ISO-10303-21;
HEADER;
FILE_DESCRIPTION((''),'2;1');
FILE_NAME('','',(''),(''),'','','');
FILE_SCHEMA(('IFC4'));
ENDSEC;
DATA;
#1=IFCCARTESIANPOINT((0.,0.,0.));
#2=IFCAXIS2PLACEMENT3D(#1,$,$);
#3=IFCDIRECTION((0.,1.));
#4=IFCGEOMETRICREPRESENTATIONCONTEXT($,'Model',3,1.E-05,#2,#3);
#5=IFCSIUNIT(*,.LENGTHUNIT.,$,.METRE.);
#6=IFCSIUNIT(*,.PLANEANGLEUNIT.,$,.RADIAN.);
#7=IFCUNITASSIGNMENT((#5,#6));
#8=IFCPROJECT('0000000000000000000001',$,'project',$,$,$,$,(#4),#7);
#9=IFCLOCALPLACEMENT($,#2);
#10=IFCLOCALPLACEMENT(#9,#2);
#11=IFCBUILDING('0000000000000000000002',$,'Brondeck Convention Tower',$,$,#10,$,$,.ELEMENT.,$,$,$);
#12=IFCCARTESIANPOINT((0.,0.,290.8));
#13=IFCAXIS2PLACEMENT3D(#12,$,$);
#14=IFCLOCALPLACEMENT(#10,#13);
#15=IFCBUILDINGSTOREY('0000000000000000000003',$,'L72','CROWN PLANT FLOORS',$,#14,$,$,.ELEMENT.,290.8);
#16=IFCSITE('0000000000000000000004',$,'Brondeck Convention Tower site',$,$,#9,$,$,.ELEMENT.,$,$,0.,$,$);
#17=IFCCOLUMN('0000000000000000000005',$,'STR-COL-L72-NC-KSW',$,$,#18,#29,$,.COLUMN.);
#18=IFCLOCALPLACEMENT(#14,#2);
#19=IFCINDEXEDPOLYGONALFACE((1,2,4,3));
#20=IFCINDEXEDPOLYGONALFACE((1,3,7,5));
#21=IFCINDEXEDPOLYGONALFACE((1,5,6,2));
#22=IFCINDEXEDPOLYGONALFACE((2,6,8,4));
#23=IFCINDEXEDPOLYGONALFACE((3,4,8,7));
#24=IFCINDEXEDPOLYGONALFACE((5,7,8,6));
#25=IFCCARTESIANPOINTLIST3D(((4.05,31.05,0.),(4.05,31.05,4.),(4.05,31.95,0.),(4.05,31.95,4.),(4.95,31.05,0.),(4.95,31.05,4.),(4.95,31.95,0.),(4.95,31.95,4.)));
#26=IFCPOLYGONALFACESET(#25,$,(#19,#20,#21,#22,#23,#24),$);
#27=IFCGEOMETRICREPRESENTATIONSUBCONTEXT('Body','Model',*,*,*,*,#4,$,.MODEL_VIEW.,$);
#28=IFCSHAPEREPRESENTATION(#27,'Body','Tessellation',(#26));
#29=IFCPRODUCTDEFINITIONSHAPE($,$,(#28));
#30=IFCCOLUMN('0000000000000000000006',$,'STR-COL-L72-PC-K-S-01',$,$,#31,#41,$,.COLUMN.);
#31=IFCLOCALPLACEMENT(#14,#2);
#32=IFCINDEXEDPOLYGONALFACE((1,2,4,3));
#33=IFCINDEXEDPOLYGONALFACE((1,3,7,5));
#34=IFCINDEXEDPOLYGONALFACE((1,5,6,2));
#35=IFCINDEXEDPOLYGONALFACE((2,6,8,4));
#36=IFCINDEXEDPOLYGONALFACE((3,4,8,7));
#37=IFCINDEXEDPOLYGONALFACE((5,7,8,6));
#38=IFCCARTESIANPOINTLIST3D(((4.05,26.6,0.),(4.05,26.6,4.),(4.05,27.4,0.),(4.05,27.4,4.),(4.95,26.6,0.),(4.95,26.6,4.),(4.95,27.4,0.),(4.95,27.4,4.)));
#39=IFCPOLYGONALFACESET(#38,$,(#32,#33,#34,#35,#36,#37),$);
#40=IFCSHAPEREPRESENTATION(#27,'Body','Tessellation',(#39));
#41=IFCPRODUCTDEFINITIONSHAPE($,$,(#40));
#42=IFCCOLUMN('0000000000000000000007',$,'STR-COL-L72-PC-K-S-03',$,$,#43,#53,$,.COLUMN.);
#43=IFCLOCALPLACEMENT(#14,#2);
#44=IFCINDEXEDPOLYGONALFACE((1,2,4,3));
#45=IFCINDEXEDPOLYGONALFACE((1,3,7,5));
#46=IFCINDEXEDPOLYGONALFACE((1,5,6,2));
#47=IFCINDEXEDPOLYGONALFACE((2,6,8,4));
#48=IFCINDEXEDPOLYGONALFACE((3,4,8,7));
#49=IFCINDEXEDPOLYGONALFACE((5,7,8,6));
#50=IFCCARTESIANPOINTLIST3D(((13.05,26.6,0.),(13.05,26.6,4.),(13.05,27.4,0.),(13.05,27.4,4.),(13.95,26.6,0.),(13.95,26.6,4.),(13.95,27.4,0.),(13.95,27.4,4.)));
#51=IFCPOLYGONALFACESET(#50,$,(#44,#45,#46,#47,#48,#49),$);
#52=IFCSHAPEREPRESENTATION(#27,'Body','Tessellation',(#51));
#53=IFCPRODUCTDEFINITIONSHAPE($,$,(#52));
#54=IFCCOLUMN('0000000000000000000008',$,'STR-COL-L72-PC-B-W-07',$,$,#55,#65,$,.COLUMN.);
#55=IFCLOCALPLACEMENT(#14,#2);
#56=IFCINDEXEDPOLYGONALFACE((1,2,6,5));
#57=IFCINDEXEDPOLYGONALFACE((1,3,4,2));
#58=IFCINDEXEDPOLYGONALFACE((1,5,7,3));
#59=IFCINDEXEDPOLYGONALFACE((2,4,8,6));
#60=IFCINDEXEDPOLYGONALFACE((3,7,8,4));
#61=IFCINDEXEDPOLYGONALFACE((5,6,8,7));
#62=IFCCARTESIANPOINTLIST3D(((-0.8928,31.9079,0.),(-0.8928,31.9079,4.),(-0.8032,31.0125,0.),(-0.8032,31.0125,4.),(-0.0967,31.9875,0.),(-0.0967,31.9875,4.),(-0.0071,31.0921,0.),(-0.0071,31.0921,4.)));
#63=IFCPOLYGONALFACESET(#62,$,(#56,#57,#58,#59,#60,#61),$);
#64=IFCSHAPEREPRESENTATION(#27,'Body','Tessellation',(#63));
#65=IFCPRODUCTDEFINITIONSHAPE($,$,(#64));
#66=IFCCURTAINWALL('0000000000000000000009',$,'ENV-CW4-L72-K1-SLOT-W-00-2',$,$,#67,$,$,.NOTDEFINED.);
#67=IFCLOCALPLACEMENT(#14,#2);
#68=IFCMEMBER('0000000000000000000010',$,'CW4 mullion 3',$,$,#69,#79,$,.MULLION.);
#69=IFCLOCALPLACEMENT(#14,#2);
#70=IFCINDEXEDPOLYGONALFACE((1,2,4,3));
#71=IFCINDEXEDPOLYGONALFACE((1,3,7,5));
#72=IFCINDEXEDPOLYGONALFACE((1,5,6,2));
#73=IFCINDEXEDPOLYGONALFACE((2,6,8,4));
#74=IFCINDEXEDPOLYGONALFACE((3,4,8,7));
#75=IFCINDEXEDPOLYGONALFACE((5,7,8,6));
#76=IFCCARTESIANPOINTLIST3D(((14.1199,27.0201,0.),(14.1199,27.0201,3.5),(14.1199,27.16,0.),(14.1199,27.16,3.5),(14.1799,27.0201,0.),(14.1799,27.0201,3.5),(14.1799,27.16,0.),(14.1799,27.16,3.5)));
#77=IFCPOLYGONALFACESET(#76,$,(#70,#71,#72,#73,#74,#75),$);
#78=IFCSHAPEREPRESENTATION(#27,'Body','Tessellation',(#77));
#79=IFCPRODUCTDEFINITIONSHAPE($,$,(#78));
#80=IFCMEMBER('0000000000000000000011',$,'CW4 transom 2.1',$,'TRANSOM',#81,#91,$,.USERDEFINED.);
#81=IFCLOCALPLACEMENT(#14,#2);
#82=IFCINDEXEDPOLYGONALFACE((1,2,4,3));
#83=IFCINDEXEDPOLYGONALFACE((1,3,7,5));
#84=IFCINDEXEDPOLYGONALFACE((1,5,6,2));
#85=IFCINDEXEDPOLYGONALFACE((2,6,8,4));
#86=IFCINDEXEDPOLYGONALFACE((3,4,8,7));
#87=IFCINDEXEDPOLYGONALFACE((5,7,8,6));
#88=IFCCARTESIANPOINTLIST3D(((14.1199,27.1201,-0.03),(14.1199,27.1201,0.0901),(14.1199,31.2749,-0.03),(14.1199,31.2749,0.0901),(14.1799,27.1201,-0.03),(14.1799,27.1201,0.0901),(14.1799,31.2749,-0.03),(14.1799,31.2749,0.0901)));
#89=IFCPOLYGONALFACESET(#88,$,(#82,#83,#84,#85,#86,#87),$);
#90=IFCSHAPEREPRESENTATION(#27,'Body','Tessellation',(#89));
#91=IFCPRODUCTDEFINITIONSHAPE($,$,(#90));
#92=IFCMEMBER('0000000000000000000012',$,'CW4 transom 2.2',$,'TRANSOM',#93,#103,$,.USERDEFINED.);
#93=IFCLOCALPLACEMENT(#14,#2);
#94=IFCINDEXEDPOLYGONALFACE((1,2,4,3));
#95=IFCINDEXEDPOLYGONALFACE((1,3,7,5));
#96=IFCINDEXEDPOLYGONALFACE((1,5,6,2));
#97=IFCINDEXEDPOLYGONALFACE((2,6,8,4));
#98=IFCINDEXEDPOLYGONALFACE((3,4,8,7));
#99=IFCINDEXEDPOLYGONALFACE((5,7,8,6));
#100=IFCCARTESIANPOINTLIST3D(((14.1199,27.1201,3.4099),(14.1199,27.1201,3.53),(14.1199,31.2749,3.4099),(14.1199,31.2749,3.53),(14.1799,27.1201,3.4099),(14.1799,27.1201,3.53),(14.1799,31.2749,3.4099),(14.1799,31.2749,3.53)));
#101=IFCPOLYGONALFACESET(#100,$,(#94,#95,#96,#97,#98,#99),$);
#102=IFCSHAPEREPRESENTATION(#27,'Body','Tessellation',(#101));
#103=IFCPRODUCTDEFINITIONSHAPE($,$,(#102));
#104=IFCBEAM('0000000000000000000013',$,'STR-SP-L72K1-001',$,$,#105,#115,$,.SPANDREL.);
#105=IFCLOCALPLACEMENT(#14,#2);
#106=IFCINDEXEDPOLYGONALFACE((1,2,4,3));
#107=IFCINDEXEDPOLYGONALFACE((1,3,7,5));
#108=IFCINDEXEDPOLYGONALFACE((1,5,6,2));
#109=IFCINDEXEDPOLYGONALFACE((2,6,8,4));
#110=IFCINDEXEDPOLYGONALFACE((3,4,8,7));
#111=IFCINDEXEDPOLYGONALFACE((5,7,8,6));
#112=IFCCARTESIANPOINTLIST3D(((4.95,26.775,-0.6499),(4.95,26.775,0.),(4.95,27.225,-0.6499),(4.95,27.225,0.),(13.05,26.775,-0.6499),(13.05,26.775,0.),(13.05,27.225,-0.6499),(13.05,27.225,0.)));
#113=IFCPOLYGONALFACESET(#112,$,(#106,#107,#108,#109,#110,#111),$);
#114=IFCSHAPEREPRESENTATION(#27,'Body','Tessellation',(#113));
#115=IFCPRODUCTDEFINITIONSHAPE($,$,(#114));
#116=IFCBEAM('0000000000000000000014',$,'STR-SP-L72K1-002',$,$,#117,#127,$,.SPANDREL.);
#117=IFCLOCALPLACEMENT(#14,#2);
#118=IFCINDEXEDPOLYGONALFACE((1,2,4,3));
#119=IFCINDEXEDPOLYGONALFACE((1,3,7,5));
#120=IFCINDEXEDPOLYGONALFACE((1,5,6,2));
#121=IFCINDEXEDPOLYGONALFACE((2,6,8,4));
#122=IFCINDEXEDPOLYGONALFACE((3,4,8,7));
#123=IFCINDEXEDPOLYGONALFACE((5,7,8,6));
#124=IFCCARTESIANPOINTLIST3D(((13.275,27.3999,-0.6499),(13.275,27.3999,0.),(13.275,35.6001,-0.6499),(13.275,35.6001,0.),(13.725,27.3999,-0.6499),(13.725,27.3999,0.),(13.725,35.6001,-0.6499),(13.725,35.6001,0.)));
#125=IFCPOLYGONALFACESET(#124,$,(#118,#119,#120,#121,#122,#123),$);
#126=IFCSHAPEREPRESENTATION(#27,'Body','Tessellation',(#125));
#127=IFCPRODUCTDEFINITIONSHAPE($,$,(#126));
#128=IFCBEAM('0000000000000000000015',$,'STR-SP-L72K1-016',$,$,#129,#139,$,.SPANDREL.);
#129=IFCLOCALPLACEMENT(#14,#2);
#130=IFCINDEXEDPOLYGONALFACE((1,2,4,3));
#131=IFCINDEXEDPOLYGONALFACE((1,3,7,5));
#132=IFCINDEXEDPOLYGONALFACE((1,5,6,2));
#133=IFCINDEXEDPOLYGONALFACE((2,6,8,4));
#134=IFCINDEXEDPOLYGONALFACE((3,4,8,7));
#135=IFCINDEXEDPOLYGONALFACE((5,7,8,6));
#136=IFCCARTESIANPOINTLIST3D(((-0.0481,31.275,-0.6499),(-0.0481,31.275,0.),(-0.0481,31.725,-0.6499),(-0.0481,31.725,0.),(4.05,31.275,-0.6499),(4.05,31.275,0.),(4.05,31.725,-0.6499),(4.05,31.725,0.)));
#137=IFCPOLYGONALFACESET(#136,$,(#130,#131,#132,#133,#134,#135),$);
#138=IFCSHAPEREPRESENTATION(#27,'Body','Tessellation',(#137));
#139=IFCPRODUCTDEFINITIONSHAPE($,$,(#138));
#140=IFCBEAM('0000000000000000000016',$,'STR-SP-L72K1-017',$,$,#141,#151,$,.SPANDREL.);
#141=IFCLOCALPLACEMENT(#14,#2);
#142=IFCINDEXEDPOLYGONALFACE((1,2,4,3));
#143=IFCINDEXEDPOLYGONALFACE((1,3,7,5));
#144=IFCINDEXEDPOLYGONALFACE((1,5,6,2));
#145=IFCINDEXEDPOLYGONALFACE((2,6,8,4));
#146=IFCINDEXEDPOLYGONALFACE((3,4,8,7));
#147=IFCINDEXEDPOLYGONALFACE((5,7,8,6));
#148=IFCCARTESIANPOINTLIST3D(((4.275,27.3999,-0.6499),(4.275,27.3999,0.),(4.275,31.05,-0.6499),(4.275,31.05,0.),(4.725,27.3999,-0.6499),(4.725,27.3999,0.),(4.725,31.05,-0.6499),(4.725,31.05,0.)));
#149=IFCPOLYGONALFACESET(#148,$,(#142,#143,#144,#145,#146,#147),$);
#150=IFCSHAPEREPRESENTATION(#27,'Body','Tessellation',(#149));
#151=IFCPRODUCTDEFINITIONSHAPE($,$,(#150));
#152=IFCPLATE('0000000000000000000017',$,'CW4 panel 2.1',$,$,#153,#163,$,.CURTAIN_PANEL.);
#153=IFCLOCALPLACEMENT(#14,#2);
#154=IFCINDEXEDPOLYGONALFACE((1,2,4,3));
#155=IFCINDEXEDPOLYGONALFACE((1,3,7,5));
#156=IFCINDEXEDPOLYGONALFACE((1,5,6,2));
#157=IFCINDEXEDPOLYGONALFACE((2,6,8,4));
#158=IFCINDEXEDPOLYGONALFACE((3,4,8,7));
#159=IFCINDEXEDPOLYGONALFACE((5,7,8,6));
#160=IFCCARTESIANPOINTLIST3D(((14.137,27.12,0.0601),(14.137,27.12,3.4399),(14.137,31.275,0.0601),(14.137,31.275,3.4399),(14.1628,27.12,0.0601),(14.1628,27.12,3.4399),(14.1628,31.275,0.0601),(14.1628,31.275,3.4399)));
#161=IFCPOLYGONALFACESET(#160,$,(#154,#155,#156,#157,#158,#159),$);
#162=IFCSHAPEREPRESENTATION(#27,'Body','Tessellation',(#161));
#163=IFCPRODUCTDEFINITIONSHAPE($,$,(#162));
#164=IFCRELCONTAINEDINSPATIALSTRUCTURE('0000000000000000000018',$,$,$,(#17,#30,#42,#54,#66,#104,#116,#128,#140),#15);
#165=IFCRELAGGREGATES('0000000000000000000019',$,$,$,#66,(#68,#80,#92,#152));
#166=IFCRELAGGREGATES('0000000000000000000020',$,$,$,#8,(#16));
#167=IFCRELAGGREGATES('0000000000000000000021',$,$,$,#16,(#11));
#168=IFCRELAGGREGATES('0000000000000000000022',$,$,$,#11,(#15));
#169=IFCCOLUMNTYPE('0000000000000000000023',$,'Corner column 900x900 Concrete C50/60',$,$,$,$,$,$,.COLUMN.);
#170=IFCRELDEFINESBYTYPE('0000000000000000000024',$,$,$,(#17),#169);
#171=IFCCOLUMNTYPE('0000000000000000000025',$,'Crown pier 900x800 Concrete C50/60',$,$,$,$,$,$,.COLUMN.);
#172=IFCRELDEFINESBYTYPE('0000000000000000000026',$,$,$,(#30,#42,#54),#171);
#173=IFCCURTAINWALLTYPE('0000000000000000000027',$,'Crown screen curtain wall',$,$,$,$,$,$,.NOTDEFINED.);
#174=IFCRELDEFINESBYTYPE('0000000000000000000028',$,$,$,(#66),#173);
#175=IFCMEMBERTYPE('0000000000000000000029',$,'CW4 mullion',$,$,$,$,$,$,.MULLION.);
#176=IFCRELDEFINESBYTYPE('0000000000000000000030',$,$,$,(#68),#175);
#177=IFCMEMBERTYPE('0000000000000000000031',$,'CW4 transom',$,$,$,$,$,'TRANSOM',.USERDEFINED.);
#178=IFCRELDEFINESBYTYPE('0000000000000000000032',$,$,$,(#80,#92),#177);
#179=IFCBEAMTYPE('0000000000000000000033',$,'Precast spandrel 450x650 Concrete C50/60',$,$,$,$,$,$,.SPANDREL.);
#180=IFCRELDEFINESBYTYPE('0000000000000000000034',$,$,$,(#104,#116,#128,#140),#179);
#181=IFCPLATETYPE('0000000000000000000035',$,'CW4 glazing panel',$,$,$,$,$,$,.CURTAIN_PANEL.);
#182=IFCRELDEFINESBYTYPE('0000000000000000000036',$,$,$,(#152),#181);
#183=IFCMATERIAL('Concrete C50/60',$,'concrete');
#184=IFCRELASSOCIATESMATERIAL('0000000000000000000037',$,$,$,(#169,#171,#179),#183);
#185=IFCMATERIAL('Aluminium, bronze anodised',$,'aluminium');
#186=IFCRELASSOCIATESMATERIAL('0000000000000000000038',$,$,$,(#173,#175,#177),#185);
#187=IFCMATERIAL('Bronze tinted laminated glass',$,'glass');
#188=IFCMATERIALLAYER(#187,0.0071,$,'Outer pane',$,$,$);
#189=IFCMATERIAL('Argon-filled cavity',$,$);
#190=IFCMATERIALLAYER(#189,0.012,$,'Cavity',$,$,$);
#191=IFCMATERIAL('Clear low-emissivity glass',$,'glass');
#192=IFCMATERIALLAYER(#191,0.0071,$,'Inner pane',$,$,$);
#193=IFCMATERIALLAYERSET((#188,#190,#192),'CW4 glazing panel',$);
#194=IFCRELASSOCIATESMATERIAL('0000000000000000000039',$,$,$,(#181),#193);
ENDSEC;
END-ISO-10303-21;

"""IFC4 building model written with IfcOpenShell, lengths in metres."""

from ifc_helpers import new_model, si_unit, direction, frame, origin, origin_2d, place, context, subcontext, project, spatial, rectangle, extrude, material, layer, layer_set, material_profile, profile_set, type_object, element, aggregate, save


model = new_model("IFC4")

# Units and contexts
model_context = context("Model", 3, precision=1e-05, world=origin(), true_north=direction((0.0, 1.0)))
body_context = subcontext(model_context, "Body", "Model", "MODEL_VIEW")
ifc_project = project(units=[si_unit("LENGTHUNIT", "METRE"), si_unit("PLANEANGLEUNIT", "RADIAN")], contexts=[model_context])

# Site, building, storey
site_placement = place(None, origin())
site = spatial("IfcSite", under=ifc_project, at=site_placement, Name="Brondeck Convention Tower site", CompositionType="ELEMENT", RefElevation=0.0)
building_placement = place(site_placement, origin())
building = spatial("IfcBuilding", under=site, at=building_placement, Name="Brondeck Convention Tower", CompositionType="ELEMENT")
storey_placement = place(building_placement, frame((0.0, 0.0, 290.8)))
storey = spatial("IfcBuildingStorey", under=building, at=storey_placement, Name="L72", Description="CROWN PLANT FLOORS", CompositionType="ELEMENT", Elevation=290.8)

# Columns
ifc_material_1 = material(Name="Concrete C50/60", Category="concrete")
ifc_material_profile_1 = material_profile(ifc_material_1, rectangle(XDim=0.8999, YDim=0.8999, at=origin_2d()), Name="Corner column 900x900 Concrete C50/60")
ifc_profile_set_1 = profile_set([ifc_material_profile_1], Name="Concrete C50/60")
column_type_1 = type_object("IfcColumnType", Name="Corner column 900x900 Concrete C50/60", PredefinedType="COLUMN", material=ifc_profile_set_1)
column_placement = place(storey_placement, frame((4.5, 31.5, 0.0), z_axis=(0.0, 0.0, 1.0), x_axis=(1.0, 0.0, 0.0)))
element("IfcColumn", 1, at=column_placement, inside=storey, type_object=column_type_1, Name="STR-COL-L72-NC-KSW", PredefinedType="COLUMN", context=body_context, shape_type="SweptSolid", body=[
    extrude(rectangle(XDim=0.8999, YDim=0.8999, at=origin_2d()), origin(), (0.0, 0.0, 1.0), 4.0),
])
ifc_material_profile_2 = material_profile(ifc_material_1, rectangle(XDim=0.8999, YDim=0.8, at=origin_2d()), Name="Crown pier 900x800 Concrete C50/60")
ifc_profile_set_2 = profile_set([ifc_material_profile_2], Name="Concrete C50/60")
column_type_2 = type_object("IfcColumnType", Name="Crown pier 900x800 Concrete C50/60", PredefinedType="COLUMN", material=ifc_profile_set_2)
for number, where, z_axis, x_axis, name in (
    (2, (4.5, 27.0, 0.0), (0.0, 0.0, 1.0), (1.0, 0.0, 0.0), "STR-COL-L72-PC-K-S-01"),
    (3, (13.5, 27.0, 0.0), (0.0, 0.0, 1.0), (1.0, 0.0, 0.0), "STR-COL-L72-PC-K-S-03"),
    (4, (-0.45, 31.5, 0.0), (0.0, 0.0, 1.0), (0.099504, -0.995037, 0.0), "STR-COL-L72-PC-B-W-07"),
):
    element("IfcColumn", number, at=place(storey_placement, frame(where, z_axis=z_axis, x_axis=x_axis)), inside=storey, type_object=column_type_2, Name=name, PredefinedType="COLUMN", context=body_context, shape_type="SweptSolid", body=[
        extrude(rectangle(XDim=0.8999, YDim=0.8, at=origin_2d()), origin(), (0.0, 0.0, 1.0), 4.0),
    ])

# Curtain wall, members
ifc_material_2 = material(Name="Aluminium, bronze anodised", Category="aluminium")
curtain_wall_type = type_object("IfcCurtainWallType", Name="Crown screen curtain wall", PredefinedType="NOTDEFINED", material=ifc_material_2)
curtain_wall_placement = place(storey_placement, origin())
curtain_wall = element("IfcCurtainWall", 5, at=curtain_wall_placement, inside=storey, type_object=curtain_wall_type, Name="ENV-CW4-L72-K1-SLOT-W-00-2", PredefinedType="NOTDEFINED")
ifc_material_profile_3 = material_profile(ifc_material_2, rectangle(XDim=0.0601, YDim=0.1399, at=origin_2d()), Name="CW4 mullion")
ifc_profile_set_3 = profile_set([ifc_material_profile_3], Name="Aluminium, bronze anodised")
member_type_1 = type_object("IfcMemberType", Name="CW4 mullion", PredefinedType="MULLION", material=ifc_profile_set_3)
member_1_placement = place(storey_placement, frame((14.1499, 27.0901, 0.0), z_axis=(0.0, 0.0, 1.0), x_axis=(1.0, 0.0, 0.0)))
member_1 = element("IfcMember", 6, at=member_1_placement, type_object=member_type_1, Name="CW4 mullion 3", PredefinedType="MULLION", context=body_context, shape_type="SweptSolid", body=[
    extrude(rectangle(XDim=0.0601, YDim=0.1399, at=origin_2d()), origin(), (0.0, 0.0, 1.0), 3.5),
])
ifc_material_profile_4 = material_profile(ifc_material_2, rectangle(XDim=0.0601, YDim=0.1201, at=origin_2d()), Name="CW4 transom")
ifc_profile_set_4 = profile_set([ifc_material_profile_4], Name="Aluminium, bronze anodised")
member_type_2 = type_object("IfcMemberType", Name="CW4 transom", ElementType="TRANSOM", PredefinedType="USERDEFINED", material=ifc_profile_set_4)
member_2_placement = place(storey_placement, frame((14.1499, 31.2749, 0.03), z_axis=(0.0, -1.0, 0.0), x_axis=(1.0, 0.0, 0.0)))
member_2 = element("IfcMember", 7, at=member_2_placement, type_object=member_type_2, Name="CW4 transom 2.1", ObjectType="TRANSOM", PredefinedType="USERDEFINED", context=body_context, shape_type="SweptSolid", body=[
    extrude(rectangle(XDim=0.0601, YDim=0.1201, at=origin_2d()), origin(), (0.0, 0.0, 1.0), 4.1548),
])
member_3_placement = place(storey_placement, frame((14.1499, 31.2749, 3.47), z_axis=(0.0, -1.0, 0.0), x_axis=(1.0, 0.0, 0.0)))
member_3 = element("IfcMember", 8, at=member_3_placement, type_object=member_type_2, Name="CW4 transom 2.2", ObjectType="TRANSOM", PredefinedType="USERDEFINED", context=body_context, shape_type="SweptSolid", body=[
    extrude(rectangle(XDim=0.0601, YDim=0.1201, at=origin_2d()), origin(), (0.0, 0.0, 1.0), 4.1548),
])

# Beams
ifc_material_profile_5 = material_profile(ifc_material_1, rectangle(XDim=0.45, YDim=0.6499, at=origin_2d()), Name="Precast spandrel 450x650 Concrete C50/60")
ifc_profile_set_5 = profile_set([ifc_material_profile_5], Name="Concrete C50/60")
beam_type = type_object("IfcBeamType", Name="Precast spandrel 450x650 Concrete C50/60", PredefinedType="SPANDREL", material=ifc_profile_set_5)
beam_1_placement = place(storey_placement, frame((4.95, 27.0, -0.325), z_axis=(1.0, 0.0, 0.0), x_axis=(0.0, 1.0, 0.0)))
element("IfcBeam", 9, at=beam_1_placement, inside=storey, type_object=beam_type, Name="STR-SP-L72K1-001", PredefinedType="SPANDREL", context=body_context, shape_type="SweptSolid", body=[
    extrude(rectangle(XDim=0.45, YDim=0.6499, at=origin_2d()), origin(), (0.0, 0.0, 1.0), 8.1001),
])
beam_2_placement = place(storey_placement, frame((13.5, 27.3999, -0.325), z_axis=(0.0, 1.0, 0.0), x_axis=(-1.0, 0.0, 0.0)))
element("IfcBeam", 10, at=beam_2_placement, inside=storey, type_object=beam_type, Name="STR-SP-L72K1-002", PredefinedType="SPANDREL", context=body_context, shape_type="SweptSolid", body=[
    extrude(rectangle(XDim=0.45, YDim=0.6499, at=origin_2d()), origin(), (0.0, 0.0, 1.0), 8.2002),
])
beam_3_placement = place(storey_placement, frame((-0.0481, 31.5, -0.325), z_axis=(1.0, 0.0, 0.0), x_axis=(0.0, 1.0, 0.0)))
element("IfcBeam", 11, at=beam_3_placement, inside=storey, type_object=beam_type, Name="STR-SP-L72K1-016", PredefinedType="SPANDREL", context=body_context, shape_type="SweptSolid", body=[
    extrude(rectangle(XDim=0.45, YDim=0.6499, at=origin_2d()), origin(), (0.0, 0.0, 1.0), 4.0981),
])
beam_4_placement = place(storey_placement, frame((4.5, 31.05, -0.325), z_axis=(0.0, -1.0, 0.0), x_axis=(1.0, 0.0, 0.0)))
element("IfcBeam", 12, at=beam_4_placement, inside=storey, type_object=beam_type, Name="STR-SP-L72K1-017", PredefinedType="SPANDREL", context=body_context, shape_type="SweptSolid", body=[
    extrude(rectangle(XDim=0.45, YDim=0.6499, at=origin_2d()), origin(), (0.0, 0.0, 1.0), 3.6501),
])

# Plate
ifc_material_3 = material(Name="Bronze tinted laminated glass", Category="glass")
ifc_layer_1 = layer(ifc_material_3, 0.0071, Name="Outer pane")
ifc_material_4 = material(Name="Argon-filled cavity")
ifc_layer_2 = layer(ifc_material_4, 0.012, Name="Cavity")
ifc_material_5 = material(Name="Clear low-emissivity glass", Category="glass")
ifc_layer_3 = layer(ifc_material_5, 0.0071, Name="Inner pane")
ifc_layer_set_1 = layer_set([ifc_layer_1, ifc_layer_2, ifc_layer_3], Name="CW4 glazing panel")
plate_type = type_object("IfcPlateType", Name="CW4 glazing panel", PredefinedType="CURTAIN_PANEL", material=ifc_layer_set_1)
plate_placement = place(storey_placement, frame((14.1499, 29.1975, 0.0601), z_axis=(0.0, 0.0, 1.0), x_axis=(0.0, -1.0, 0.0)))
plate = element("IfcPlate", 13, at=plate_placement, type_object=plate_type, Name="CW4 panel 2.1", PredefinedType="CURTAIN_PANEL", context=body_context, shape_type="SweptSolid", body=[
    extrude(rectangle(XDim=4.155, YDim=0.0259, at=origin_2d()), origin(), (0.0, 0.0, 1.0), 3.3799),
])
aggregate(curtain_wall, [member_1, member_2, member_3, plate])

save(model, "model.ifc")
